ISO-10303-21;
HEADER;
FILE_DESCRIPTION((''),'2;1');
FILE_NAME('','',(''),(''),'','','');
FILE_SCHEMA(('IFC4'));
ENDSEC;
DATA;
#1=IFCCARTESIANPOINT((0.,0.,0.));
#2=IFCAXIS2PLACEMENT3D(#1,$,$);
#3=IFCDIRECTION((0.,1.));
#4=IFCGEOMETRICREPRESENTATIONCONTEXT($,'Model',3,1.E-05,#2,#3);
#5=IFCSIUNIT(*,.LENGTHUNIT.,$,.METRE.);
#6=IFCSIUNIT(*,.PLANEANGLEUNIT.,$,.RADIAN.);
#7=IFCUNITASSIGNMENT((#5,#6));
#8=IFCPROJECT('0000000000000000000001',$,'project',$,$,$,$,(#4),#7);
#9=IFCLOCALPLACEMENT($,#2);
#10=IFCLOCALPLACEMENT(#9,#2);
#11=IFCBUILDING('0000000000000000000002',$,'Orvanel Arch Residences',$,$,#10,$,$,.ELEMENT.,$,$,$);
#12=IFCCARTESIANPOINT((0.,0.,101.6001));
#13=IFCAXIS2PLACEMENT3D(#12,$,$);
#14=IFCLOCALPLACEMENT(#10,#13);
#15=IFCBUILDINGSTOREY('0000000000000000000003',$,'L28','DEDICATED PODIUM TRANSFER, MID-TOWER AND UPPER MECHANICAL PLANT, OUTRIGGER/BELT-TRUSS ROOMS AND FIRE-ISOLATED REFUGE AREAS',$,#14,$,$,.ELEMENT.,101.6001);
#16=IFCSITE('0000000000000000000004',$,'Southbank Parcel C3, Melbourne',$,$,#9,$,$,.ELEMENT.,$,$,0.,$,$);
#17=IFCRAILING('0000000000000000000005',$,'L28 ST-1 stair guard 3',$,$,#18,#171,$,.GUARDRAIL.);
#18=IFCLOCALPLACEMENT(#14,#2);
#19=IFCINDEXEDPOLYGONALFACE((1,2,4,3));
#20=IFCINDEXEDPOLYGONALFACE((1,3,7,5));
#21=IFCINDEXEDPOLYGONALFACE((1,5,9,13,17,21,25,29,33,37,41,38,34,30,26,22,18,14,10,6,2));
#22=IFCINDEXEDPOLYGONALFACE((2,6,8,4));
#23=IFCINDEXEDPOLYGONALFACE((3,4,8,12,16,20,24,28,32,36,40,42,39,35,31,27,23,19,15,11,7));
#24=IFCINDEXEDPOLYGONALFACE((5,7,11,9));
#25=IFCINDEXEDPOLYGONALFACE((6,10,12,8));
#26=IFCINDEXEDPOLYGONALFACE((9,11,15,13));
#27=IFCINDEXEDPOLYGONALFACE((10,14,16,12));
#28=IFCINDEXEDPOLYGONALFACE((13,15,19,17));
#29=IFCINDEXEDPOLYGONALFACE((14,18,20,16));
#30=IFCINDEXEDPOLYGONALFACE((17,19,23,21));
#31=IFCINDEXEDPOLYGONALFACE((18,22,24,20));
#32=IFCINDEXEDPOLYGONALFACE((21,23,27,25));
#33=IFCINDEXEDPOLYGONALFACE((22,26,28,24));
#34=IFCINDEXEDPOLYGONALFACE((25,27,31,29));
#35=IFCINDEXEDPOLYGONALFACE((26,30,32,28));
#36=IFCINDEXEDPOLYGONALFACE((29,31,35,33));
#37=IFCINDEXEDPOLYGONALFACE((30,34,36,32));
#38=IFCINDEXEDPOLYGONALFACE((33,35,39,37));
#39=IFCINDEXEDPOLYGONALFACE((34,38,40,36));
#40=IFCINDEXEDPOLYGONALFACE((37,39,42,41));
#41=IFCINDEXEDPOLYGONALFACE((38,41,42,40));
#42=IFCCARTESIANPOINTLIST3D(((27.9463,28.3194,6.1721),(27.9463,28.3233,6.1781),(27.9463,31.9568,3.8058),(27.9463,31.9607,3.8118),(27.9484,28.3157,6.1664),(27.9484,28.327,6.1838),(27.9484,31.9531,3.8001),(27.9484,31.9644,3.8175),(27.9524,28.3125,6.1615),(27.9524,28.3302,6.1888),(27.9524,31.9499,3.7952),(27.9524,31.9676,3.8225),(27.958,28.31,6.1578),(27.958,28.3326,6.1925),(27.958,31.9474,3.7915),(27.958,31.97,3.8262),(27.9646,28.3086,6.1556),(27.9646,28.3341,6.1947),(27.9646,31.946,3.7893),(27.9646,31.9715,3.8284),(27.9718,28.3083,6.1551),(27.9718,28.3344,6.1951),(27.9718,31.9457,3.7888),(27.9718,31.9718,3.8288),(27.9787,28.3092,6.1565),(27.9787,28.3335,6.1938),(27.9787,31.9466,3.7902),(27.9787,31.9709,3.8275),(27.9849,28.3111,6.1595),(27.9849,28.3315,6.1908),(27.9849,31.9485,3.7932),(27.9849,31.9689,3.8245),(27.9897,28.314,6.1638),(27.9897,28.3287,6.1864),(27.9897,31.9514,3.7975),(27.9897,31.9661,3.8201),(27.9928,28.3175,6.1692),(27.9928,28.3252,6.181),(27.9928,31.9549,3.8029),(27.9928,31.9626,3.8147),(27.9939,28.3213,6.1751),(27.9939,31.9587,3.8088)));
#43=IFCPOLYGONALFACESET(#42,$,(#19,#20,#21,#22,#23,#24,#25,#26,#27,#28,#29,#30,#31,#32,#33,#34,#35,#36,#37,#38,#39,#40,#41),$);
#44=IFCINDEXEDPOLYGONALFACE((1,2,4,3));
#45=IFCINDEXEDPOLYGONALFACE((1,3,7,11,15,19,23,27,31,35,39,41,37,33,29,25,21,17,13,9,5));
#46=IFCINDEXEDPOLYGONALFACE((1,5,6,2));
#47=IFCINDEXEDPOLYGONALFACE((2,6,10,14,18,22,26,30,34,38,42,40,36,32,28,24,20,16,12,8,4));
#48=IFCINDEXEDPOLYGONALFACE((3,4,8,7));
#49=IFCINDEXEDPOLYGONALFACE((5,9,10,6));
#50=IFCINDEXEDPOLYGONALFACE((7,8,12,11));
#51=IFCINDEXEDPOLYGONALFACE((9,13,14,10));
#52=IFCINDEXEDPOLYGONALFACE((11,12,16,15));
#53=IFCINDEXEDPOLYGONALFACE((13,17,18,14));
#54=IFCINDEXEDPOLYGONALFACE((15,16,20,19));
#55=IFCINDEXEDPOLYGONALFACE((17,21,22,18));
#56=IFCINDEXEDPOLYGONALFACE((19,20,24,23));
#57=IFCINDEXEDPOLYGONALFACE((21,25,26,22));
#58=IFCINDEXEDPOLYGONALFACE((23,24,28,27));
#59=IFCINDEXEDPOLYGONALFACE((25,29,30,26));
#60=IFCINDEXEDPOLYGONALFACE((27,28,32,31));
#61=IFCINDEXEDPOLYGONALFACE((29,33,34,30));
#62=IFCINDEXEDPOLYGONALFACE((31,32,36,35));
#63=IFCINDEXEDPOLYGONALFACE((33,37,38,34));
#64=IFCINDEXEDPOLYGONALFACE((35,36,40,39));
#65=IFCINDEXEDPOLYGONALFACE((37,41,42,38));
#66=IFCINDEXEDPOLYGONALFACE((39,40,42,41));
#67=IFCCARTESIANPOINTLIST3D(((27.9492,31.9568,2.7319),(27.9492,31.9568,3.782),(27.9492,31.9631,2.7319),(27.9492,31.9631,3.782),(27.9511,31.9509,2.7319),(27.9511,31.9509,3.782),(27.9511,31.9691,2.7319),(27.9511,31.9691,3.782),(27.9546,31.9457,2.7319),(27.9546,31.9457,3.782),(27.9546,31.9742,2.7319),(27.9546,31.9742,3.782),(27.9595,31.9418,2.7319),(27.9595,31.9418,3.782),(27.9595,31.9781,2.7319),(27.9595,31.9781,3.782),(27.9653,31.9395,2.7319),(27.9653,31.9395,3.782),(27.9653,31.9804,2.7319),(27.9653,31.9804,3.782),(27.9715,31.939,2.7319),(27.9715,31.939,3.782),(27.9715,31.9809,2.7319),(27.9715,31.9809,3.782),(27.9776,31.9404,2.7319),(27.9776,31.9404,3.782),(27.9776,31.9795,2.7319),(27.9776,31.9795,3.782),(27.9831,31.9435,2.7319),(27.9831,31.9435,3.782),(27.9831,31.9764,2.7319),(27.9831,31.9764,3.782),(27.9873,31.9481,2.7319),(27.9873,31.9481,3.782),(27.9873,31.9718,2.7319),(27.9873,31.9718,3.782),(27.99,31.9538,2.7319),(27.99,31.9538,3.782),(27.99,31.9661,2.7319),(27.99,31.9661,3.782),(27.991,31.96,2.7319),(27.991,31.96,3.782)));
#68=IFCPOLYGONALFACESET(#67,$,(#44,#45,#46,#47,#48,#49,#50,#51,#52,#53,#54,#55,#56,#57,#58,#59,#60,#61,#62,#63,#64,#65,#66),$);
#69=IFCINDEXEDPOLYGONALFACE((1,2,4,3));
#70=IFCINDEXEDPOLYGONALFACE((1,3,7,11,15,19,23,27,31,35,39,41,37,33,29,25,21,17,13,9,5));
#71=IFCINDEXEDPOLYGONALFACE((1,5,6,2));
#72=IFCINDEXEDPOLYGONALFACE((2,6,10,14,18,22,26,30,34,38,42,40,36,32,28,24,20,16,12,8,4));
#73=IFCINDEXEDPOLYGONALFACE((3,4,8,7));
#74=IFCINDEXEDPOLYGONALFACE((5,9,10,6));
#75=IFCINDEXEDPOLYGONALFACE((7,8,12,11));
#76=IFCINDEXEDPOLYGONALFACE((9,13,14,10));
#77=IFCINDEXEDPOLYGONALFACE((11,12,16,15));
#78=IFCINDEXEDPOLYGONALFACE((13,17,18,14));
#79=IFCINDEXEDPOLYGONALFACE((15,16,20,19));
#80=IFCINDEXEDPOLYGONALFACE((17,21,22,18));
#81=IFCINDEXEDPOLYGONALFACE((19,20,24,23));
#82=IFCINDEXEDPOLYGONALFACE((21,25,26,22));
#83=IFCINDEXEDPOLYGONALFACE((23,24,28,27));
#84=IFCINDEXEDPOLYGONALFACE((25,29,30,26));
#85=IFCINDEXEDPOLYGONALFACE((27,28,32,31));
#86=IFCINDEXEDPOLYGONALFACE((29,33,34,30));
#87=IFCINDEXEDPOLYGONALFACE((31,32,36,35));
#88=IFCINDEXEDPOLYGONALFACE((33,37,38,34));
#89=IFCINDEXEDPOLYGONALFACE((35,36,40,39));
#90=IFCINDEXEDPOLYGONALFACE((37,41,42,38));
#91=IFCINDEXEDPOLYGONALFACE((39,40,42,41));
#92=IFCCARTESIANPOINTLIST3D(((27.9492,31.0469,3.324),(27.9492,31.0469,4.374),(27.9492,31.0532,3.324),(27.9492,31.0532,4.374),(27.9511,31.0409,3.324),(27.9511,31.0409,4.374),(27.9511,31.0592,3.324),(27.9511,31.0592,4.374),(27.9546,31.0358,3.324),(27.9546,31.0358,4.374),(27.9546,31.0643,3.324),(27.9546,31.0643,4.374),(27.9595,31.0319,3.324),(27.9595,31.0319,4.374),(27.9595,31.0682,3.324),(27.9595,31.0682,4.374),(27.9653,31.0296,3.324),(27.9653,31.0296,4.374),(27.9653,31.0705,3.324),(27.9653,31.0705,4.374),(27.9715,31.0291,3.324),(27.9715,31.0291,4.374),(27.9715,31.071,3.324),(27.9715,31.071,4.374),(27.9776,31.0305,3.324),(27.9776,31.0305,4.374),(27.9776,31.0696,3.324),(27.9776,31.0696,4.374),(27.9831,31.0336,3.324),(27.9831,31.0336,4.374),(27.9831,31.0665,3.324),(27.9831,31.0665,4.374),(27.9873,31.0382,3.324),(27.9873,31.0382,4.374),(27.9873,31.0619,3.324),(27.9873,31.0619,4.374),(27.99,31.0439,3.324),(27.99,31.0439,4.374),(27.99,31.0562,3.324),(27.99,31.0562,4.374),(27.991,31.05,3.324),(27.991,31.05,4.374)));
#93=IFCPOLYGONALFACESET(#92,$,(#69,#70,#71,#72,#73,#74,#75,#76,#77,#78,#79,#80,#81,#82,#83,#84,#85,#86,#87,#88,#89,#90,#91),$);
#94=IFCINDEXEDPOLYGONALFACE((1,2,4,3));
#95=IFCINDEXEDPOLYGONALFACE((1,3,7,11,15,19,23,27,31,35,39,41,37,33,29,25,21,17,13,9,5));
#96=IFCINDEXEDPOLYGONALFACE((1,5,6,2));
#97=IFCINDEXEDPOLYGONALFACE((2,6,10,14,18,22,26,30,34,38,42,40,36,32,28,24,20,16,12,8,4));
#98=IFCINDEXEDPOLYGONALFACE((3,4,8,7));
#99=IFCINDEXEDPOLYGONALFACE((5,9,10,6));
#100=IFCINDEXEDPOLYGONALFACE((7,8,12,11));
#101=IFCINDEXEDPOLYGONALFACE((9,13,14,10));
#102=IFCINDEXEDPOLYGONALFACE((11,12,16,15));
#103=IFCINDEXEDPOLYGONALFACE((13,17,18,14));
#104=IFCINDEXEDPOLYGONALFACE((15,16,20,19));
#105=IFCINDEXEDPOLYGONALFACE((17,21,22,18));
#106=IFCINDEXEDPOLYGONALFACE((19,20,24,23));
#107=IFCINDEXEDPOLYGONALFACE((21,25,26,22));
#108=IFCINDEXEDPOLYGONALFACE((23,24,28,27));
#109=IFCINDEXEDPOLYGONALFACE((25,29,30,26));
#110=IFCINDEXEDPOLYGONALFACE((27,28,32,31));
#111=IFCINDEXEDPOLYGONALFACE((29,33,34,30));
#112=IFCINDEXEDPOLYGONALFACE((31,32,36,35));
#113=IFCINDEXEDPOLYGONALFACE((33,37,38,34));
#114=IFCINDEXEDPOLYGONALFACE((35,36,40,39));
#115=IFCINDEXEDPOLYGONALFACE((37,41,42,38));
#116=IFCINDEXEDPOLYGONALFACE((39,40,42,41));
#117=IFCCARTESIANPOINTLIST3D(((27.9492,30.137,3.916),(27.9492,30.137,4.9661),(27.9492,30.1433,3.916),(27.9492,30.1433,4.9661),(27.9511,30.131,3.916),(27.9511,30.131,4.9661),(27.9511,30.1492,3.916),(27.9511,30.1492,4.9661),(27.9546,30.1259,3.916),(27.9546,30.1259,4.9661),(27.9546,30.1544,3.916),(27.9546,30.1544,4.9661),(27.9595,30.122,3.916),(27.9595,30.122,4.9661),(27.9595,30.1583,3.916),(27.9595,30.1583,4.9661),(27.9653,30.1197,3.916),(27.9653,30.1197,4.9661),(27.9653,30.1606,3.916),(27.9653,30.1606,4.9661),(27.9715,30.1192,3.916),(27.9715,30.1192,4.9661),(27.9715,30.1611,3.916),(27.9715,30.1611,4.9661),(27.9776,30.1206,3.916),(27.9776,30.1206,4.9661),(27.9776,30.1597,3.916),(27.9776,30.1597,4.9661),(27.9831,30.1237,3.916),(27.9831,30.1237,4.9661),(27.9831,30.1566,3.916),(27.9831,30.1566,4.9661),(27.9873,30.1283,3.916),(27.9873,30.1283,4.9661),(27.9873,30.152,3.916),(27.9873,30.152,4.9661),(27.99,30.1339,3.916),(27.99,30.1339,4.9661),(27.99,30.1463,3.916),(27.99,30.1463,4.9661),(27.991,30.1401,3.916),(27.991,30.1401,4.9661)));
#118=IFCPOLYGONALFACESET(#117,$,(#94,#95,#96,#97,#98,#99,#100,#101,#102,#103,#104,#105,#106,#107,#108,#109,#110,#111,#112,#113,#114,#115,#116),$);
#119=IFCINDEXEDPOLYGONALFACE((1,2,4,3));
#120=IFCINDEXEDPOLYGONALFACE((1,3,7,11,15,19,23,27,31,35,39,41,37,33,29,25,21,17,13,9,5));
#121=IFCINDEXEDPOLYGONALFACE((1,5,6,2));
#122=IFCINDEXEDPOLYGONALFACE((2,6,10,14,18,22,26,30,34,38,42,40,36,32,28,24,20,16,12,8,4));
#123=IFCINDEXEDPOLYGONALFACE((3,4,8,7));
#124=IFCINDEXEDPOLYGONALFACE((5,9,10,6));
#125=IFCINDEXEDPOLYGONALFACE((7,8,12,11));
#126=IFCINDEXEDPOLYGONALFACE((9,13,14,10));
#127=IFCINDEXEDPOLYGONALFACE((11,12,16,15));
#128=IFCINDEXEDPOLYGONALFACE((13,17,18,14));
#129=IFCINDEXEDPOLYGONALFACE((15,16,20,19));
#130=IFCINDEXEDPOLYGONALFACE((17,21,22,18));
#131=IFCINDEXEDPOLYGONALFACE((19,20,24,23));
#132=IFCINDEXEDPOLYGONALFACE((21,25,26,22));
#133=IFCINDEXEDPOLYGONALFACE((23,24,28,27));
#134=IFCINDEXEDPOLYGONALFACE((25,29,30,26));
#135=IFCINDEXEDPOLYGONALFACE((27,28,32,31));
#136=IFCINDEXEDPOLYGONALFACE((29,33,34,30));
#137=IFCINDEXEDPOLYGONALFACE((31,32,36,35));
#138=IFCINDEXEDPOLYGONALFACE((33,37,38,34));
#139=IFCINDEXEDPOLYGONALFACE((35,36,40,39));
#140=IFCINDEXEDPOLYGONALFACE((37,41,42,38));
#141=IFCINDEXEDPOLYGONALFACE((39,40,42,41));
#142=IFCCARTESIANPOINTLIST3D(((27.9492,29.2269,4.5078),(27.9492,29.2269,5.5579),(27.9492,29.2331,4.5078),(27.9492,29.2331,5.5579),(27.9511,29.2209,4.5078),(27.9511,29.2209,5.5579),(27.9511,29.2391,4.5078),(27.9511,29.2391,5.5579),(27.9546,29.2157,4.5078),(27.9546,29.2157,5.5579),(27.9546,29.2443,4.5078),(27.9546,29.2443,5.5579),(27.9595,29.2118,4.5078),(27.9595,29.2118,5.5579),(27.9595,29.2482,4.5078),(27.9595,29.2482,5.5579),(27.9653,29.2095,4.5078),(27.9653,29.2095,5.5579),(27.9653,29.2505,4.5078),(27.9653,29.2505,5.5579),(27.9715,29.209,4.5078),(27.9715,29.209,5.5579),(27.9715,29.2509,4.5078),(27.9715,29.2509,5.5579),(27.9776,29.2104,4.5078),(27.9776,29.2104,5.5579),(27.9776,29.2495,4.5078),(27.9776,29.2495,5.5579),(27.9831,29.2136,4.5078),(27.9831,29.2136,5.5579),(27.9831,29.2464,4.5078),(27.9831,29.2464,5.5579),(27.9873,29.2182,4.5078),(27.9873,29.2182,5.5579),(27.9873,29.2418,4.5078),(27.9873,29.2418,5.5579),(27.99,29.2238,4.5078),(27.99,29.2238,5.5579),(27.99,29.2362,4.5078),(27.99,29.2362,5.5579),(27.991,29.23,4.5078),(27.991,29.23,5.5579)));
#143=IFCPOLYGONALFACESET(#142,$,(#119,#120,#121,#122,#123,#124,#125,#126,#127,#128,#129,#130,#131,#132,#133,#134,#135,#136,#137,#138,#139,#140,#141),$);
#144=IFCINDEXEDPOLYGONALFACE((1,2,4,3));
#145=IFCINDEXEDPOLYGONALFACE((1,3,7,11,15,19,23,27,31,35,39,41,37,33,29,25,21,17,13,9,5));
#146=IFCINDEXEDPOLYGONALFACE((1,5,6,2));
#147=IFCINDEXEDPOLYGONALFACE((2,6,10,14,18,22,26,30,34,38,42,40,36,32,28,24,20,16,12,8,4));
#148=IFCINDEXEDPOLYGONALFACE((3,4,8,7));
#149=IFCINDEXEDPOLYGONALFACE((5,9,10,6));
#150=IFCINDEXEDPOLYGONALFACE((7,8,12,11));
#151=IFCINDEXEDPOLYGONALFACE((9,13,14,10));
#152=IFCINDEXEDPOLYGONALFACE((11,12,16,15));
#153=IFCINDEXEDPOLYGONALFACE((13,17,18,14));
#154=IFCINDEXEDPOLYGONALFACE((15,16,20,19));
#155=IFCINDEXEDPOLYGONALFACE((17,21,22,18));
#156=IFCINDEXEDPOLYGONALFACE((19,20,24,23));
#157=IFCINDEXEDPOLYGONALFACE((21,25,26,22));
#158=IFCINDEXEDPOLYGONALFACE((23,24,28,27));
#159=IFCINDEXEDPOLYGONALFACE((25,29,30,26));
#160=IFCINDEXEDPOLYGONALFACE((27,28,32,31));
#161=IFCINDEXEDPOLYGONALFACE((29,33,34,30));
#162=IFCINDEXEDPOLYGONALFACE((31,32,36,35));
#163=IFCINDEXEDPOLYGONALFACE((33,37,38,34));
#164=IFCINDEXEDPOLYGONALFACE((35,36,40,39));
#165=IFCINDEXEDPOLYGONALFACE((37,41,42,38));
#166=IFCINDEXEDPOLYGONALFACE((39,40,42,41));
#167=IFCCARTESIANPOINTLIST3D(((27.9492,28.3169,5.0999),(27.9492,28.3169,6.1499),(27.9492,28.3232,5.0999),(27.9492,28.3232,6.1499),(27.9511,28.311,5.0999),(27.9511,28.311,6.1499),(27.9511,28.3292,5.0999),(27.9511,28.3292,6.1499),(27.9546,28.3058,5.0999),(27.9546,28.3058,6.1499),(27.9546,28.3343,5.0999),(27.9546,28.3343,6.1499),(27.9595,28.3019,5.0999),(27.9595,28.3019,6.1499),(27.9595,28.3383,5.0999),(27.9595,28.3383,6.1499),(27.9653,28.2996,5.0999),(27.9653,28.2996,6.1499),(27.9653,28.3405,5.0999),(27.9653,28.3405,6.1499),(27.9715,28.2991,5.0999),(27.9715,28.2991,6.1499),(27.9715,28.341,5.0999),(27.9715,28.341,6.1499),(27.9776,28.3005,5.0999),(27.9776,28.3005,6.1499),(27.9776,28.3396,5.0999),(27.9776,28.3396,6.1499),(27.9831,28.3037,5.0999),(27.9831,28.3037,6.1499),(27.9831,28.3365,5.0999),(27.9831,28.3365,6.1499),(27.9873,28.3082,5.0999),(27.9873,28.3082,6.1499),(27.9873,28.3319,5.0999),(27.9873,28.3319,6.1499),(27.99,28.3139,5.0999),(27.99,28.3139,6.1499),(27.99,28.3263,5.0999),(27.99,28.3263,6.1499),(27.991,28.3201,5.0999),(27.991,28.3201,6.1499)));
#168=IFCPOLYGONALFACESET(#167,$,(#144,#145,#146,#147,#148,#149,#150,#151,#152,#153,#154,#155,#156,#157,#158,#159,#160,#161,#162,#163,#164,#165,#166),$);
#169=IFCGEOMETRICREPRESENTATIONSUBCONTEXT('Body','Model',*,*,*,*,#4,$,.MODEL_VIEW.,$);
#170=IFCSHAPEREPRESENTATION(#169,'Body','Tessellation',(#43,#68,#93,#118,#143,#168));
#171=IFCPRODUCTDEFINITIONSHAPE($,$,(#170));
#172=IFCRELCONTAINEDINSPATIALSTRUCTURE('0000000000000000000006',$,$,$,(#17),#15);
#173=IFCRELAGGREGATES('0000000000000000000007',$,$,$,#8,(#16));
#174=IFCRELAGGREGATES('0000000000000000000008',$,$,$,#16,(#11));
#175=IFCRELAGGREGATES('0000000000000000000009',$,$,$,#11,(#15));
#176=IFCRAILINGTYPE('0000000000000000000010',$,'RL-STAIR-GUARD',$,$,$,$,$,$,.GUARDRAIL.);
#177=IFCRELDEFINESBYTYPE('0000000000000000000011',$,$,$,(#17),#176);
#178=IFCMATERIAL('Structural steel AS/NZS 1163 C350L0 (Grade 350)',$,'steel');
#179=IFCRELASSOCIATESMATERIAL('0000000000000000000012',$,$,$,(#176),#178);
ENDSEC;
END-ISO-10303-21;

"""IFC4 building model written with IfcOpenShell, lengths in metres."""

from ifc_helpers import new_model, si_unit, direction, frame, origin, origin_2d, place, context, subcontext, project, spatial, circle, extrude, material, type_object, element, save


model = new_model("IFC4")

# Units and contexts
model_context = context("Model", 3, precision=1e-05, world=origin(), true_north=direction((0.0, 1.0)))
body_context = subcontext(model_context, "Body", "Model", "MODEL_VIEW")
ifc_project = project(units=[si_unit("LENGTHUNIT", "METRE"), si_unit("PLANEANGLEUNIT", "RADIAN")], contexts=[model_context])

# Site, building, storey
site_placement = place(None, origin())
site = spatial("IfcSite", under=ifc_project, at=site_placement, Name="Southbank Parcel C3, Melbourne", CompositionType="ELEMENT", RefElevation=0.0)
building_placement = place(site_placement, origin())
building = spatial("IfcBuilding", under=site, at=building_placement, Name="Orvanel Arch Residences", CompositionType="ELEMENT")
storey_placement = place(building_placement, frame((0.0, 0.0, 101.6001)))
storey = spatial("IfcBuildingStorey", under=building, at=storey_placement, Name="L28", Description="DEDICATED PODIUM TRANSFER, MID-TOWER AND UPPER MECHANICAL PLANT, OUTRIGGER/BELT-TRUSS ROOMS AND FIRE-ISOLATED REFUGE AREAS", CompositionType="ELEMENT", Elevation=101.6001)

# Railing
ifc_material_1 = material(Name="Structural steel AS/NZS 1163 C350L0 (Grade 350)", Category="steel")
railing_type_1 = type_object("IfcRailingType", Name="RL-STAIR-GUARD", PredefinedType="GUARDRAIL", material=ifc_material_1)
railing_1_placement = place(storey_placement, frame((27.97, 31.96, 2.7319)))
element("IfcRailing", 1, at=railing_1_placement, inside=storey, type_object=railing_type_1, Name="L28 ST-1 stair guard 3", PredefinedType="GUARDRAIL", context=body_context, shape_type="SweptSolid", body=[
    extrude(circle(Radius=0.0239, at=origin_2d()), frame((0.0, -0.0012, 1.0769), z_axis=(0.0, -0.838234, 0.54531), x_axis=(1.0, 0.0, 0.0)), (0.0, 0.0, 1.0), 4.3394),
    extrude(circle(Radius=0.021, at=origin_2d()), origin(), (0.0, 0.0, 1.0), 1.05),
    extrude(circle(Radius=0.021, at=origin_2d()), frame((0.0, -0.9099, 0.592)), (0.0, 0.0, 1.0), 1.05),
    extrude(circle(Radius=0.021, at=origin_2d()), frame((0.0, -1.8198, 1.1841)), (0.0, 0.0, 1.0), 1.05),
    extrude(circle(Radius=0.021, at=origin_2d()), frame((0.0, -2.73, 1.7759)), (0.0, 0.0, 1.0), 1.05),
    extrude(circle(Radius=0.021, at=origin_2d()), frame((0.0, -3.6399, 2.3679)), (0.0, 0.0, 1.0), 1.05),
])

save(model, "model.ifc")
